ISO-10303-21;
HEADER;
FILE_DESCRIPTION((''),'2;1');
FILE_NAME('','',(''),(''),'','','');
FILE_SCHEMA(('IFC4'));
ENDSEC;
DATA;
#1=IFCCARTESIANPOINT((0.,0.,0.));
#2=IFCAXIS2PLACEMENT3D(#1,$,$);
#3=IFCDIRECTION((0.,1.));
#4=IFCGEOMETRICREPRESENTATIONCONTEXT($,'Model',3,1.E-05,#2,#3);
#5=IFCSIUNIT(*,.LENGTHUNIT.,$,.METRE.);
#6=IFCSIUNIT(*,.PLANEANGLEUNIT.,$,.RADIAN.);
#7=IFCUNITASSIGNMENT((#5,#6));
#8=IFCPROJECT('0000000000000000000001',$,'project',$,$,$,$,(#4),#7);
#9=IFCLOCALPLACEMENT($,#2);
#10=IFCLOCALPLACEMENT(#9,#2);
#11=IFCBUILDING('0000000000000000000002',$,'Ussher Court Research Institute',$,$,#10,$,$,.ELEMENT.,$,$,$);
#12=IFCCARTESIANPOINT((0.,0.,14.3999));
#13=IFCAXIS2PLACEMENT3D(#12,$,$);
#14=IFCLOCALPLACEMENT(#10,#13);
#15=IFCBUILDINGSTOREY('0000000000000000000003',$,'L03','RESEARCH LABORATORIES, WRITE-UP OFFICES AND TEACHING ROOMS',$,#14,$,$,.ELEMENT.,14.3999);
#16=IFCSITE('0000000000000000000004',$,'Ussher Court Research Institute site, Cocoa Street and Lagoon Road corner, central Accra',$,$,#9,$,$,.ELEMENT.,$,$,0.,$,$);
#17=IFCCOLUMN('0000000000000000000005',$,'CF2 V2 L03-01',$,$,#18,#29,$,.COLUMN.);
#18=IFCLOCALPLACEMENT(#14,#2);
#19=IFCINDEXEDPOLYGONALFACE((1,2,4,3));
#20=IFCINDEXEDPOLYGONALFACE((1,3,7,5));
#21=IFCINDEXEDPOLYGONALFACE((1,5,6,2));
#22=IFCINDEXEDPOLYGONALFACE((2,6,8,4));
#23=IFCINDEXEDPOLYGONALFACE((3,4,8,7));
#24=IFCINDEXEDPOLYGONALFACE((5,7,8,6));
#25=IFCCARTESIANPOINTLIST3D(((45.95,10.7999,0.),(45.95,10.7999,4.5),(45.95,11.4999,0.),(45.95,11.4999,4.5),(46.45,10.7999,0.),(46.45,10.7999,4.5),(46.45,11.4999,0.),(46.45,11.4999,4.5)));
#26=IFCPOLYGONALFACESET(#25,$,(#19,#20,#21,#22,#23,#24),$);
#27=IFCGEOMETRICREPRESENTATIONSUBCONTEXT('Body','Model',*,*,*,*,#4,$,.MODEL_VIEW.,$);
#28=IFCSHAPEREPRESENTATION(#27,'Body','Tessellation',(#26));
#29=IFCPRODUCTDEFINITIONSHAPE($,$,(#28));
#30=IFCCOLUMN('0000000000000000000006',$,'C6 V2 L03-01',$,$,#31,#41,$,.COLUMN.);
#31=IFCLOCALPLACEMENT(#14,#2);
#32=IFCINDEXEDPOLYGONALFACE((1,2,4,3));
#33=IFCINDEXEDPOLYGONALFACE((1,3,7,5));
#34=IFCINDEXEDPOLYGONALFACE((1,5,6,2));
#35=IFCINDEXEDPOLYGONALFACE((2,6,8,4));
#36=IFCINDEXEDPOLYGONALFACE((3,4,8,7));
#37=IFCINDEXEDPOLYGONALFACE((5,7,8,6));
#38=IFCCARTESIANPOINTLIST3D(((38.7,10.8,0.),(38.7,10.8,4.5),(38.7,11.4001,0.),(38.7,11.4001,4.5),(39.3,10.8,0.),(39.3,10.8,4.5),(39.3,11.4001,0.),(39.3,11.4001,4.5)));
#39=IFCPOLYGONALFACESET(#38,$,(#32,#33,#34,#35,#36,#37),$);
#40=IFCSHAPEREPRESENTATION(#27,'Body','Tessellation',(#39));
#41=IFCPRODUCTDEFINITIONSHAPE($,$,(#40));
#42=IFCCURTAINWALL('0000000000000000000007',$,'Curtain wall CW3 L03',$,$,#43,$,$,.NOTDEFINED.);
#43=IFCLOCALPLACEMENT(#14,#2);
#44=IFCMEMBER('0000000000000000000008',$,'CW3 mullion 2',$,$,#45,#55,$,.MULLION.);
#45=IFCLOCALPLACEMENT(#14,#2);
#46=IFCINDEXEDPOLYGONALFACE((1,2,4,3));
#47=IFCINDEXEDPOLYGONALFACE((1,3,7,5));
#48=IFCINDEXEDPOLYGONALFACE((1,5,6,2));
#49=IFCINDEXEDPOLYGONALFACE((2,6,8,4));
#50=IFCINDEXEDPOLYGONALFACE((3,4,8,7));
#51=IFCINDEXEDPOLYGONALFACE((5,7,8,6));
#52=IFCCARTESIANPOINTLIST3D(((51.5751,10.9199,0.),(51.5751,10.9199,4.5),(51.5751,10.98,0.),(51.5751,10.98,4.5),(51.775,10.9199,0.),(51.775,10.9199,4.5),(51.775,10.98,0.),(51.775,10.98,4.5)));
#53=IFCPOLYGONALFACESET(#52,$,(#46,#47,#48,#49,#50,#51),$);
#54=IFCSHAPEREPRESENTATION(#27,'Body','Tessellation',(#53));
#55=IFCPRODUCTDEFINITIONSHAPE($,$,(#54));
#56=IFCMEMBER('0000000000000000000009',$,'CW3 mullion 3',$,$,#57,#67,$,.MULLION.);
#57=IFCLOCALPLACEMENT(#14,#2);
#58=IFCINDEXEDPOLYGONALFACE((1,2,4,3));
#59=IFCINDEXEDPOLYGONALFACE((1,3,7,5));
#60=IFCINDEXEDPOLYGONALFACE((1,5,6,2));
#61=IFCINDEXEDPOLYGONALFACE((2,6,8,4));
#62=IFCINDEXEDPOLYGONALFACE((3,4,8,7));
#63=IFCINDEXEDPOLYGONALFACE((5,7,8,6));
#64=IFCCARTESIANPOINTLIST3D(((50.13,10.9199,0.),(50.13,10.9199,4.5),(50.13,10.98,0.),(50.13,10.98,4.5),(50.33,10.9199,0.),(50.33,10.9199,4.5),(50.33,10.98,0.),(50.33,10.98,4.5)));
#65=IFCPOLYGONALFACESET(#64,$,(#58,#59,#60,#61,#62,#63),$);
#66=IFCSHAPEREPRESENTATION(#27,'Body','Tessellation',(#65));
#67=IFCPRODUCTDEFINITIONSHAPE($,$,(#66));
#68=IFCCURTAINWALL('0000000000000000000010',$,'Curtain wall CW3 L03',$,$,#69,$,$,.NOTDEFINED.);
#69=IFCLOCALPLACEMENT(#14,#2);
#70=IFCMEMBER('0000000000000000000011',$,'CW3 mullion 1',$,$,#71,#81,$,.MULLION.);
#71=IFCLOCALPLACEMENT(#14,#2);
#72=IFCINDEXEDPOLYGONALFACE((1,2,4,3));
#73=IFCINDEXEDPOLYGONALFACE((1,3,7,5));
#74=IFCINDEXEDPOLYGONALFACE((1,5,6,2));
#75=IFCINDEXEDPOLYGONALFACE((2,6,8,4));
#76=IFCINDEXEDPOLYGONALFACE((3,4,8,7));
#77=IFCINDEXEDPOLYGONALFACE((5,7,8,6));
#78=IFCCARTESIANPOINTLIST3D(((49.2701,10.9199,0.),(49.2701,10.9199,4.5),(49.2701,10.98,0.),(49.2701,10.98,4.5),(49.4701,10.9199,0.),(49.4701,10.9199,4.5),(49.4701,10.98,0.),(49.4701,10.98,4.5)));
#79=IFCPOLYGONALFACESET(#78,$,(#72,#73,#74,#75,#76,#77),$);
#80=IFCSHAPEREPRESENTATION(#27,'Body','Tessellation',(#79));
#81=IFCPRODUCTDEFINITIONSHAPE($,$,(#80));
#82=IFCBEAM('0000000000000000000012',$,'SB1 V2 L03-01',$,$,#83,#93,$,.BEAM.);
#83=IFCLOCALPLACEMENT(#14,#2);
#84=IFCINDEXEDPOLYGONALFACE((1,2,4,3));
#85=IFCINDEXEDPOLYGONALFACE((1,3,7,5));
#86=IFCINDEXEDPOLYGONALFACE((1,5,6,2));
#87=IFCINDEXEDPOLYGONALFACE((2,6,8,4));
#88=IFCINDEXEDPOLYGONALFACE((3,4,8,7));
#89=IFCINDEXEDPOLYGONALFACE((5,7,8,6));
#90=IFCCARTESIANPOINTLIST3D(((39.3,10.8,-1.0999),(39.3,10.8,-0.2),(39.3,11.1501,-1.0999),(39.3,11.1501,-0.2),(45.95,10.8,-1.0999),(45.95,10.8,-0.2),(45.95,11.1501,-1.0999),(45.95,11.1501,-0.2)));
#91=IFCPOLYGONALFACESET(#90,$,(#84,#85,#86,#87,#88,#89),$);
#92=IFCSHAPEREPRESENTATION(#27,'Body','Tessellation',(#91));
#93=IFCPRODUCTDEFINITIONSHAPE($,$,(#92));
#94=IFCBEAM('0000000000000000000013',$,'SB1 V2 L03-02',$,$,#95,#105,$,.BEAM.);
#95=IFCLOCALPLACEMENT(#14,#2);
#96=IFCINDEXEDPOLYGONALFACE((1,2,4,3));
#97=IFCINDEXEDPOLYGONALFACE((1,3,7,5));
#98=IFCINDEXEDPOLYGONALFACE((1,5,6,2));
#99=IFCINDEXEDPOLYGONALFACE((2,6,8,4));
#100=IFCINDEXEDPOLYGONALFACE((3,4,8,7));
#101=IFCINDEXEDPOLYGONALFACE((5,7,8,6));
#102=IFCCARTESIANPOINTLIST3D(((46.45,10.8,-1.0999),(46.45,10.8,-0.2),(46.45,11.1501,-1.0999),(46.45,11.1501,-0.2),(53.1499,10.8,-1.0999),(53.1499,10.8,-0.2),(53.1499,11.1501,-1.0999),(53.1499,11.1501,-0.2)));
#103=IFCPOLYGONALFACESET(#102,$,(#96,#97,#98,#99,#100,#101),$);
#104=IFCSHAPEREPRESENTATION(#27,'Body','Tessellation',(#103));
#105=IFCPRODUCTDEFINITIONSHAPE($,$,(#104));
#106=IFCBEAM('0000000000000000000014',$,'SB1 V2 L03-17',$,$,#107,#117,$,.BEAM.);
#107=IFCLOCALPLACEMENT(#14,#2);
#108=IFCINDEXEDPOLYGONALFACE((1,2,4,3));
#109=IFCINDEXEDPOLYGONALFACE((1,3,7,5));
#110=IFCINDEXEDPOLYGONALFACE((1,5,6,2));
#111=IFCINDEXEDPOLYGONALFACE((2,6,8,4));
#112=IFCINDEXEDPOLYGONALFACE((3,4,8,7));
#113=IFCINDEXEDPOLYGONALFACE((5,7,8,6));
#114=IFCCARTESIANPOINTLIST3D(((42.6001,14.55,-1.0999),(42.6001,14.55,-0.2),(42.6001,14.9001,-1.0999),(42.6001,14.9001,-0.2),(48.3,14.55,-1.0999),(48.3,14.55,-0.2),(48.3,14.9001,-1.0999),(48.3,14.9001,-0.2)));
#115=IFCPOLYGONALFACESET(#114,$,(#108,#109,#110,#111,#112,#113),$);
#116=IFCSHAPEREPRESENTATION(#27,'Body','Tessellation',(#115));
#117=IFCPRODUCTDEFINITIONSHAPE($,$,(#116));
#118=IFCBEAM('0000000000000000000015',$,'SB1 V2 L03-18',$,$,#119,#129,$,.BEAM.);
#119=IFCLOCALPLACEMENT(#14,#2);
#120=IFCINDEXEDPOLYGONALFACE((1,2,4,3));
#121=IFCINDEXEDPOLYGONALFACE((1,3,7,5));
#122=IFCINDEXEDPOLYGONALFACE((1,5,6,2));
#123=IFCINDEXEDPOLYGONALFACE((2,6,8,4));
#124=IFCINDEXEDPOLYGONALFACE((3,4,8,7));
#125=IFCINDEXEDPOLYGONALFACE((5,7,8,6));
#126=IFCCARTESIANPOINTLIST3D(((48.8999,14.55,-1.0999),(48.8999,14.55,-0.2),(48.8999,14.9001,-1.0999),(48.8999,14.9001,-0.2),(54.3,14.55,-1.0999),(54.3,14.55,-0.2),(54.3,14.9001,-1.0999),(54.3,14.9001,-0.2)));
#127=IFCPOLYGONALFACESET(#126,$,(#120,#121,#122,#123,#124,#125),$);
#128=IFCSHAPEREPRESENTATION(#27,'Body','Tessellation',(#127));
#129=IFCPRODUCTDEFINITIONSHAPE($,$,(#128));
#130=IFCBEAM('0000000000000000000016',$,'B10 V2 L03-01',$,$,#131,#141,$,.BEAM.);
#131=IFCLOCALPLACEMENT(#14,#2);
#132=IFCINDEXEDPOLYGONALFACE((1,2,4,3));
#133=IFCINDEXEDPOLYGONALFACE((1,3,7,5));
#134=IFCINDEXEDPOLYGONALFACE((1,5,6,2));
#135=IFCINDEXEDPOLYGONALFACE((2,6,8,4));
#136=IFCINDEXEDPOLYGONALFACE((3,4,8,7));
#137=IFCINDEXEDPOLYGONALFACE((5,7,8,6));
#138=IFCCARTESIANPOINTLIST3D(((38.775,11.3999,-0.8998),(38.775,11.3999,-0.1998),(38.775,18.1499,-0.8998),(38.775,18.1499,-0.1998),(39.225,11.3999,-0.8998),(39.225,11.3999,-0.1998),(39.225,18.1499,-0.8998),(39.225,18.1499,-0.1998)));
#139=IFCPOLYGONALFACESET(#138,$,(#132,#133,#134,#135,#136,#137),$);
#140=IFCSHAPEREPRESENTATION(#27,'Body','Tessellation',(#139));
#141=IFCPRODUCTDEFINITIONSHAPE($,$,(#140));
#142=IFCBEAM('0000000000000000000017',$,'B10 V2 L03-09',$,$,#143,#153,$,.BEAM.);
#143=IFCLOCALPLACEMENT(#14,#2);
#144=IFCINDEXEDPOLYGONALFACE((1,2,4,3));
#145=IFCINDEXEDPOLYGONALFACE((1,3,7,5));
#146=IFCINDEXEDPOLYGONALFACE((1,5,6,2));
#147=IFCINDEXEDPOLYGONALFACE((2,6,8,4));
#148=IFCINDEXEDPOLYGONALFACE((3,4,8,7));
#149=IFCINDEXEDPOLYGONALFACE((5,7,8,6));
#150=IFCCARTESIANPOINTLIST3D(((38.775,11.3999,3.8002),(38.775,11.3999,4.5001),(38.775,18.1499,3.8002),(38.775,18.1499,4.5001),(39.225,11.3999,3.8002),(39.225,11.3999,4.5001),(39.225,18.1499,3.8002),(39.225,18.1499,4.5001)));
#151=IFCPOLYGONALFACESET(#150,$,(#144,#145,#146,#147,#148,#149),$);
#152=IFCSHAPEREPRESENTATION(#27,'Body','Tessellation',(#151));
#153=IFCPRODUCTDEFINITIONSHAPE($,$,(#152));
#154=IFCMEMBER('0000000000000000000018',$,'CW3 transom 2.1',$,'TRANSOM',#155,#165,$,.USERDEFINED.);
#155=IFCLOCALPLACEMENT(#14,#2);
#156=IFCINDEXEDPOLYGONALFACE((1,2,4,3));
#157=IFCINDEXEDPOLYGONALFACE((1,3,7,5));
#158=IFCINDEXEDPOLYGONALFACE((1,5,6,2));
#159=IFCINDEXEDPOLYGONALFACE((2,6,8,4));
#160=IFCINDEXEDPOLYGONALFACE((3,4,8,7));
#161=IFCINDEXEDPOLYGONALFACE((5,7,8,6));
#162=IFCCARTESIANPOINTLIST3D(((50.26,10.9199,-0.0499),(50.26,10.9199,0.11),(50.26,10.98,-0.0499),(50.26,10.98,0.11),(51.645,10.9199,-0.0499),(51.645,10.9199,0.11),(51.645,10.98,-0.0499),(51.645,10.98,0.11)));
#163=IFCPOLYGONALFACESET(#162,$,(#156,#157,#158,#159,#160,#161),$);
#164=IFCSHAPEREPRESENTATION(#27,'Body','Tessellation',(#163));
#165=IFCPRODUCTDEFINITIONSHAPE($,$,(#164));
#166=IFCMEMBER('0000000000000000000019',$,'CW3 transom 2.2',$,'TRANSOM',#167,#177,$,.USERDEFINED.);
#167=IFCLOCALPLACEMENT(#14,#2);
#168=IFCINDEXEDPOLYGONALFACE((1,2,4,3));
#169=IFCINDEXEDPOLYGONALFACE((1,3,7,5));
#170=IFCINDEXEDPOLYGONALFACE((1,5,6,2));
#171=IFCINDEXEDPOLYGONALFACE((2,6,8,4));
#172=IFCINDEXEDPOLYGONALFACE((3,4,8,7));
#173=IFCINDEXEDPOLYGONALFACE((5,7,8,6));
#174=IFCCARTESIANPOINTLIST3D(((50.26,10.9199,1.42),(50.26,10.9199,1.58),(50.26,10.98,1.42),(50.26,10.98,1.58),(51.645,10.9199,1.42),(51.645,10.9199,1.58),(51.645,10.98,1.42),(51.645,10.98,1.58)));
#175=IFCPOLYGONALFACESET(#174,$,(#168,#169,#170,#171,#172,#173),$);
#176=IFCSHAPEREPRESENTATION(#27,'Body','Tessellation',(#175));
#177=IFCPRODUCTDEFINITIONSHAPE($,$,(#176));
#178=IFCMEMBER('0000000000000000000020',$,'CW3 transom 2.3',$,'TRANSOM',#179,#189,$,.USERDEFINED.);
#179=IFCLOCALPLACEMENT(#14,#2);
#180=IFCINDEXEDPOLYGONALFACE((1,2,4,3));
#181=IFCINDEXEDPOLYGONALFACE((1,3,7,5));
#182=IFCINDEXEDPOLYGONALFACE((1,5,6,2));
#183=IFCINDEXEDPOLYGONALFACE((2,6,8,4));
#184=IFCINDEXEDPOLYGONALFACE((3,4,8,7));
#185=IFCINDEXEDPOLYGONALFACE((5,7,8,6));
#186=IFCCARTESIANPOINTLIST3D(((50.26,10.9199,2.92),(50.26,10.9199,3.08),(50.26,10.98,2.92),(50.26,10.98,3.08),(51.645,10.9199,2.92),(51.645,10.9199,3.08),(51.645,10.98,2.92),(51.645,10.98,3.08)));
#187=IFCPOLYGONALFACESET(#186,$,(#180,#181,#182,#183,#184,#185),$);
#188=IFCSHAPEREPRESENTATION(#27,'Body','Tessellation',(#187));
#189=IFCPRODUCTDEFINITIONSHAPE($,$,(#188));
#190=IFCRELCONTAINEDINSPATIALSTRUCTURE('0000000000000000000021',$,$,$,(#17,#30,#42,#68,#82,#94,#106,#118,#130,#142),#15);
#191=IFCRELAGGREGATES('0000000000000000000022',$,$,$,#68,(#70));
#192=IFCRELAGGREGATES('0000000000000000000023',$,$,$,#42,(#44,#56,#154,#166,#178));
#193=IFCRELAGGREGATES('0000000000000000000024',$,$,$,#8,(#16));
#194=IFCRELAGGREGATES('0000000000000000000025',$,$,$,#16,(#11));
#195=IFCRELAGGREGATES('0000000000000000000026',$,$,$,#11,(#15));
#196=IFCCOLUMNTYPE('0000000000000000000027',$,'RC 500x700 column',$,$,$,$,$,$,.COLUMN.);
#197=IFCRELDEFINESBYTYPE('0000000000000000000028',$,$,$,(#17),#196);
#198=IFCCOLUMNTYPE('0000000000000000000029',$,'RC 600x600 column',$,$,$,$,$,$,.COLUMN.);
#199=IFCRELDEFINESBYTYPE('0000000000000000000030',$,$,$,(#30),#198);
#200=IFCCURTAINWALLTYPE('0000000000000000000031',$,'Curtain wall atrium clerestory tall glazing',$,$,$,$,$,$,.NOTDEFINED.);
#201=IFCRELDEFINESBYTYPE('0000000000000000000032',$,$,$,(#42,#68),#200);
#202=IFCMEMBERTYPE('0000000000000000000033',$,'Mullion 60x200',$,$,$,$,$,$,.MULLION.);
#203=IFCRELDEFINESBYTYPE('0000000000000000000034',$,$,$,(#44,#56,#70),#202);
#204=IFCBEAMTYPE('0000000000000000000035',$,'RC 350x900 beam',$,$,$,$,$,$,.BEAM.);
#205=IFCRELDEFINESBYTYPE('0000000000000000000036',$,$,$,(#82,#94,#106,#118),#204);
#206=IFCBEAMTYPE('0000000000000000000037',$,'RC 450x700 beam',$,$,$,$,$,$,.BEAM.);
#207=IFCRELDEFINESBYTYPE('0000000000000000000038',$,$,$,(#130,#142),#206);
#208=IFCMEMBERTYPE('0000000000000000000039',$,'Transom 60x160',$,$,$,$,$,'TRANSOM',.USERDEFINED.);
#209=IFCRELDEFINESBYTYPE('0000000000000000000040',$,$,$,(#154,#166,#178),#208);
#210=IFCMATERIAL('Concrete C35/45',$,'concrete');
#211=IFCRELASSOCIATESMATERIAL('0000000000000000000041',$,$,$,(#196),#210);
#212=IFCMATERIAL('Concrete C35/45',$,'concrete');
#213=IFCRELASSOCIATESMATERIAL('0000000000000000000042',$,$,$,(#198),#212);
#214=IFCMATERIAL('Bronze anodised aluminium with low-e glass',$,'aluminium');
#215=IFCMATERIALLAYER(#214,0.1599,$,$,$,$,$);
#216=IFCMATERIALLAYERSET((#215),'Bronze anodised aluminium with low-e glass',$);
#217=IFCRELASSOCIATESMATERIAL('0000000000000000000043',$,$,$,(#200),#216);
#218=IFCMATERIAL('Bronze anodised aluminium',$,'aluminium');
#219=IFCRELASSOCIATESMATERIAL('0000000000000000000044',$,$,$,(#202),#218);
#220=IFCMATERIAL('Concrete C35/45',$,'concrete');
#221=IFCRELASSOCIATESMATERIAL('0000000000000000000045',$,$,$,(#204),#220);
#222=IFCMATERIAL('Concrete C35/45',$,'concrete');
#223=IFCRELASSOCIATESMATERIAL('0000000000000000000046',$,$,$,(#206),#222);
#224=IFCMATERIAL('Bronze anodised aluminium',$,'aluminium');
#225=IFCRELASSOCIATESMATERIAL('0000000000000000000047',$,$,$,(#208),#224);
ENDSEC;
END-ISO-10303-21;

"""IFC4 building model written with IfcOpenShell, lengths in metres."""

from ifc_helpers import new_model, si_unit, direction, frame, origin, origin_2d, place, context, subcontext, project, spatial, rectangle, extrude, material, layer, layer_set, material_profile, profile_set, type_object, element, aggregate, save


model = new_model("IFC4")

# Units and contexts
model_context = context("Model", 3, precision=1e-05, world=origin(), true_north=direction((0.0, 1.0)))
body_context = subcontext(model_context, "Body", "Model", "MODEL_VIEW")
ifc_project = project(units=[si_unit("LENGTHUNIT", "METRE"), si_unit("PLANEANGLEUNIT", "RADIAN")], contexts=[model_context])

# Site, building, storey
site_placement = place(None, origin())
site = spatial("IfcSite", under=ifc_project, at=site_placement, Name="Ussher Court Research Institute site, Cocoa Street and Lagoon Road corner, central Accra", CompositionType="ELEMENT", RefElevation=0.0)
building_placement = place(site_placement, origin())
building = spatial("IfcBuilding", under=site, at=building_placement, Name="Ussher Court Research Institute", CompositionType="ELEMENT")
storey_placement = place(building_placement, frame((0.0, 0.0, 14.3999)))
storey = spatial("IfcBuildingStorey", under=building, at=storey_placement, Name="L03", Description="RESEARCH LABORATORIES, WRITE-UP OFFICES AND TEACHING ROOMS", CompositionType="ELEMENT", Elevation=14.3999)

# Columns
ifc_material_1 = material(Name="Concrete C35/45", Category="concrete")
ifc_material_profile_1 = material_profile(ifc_material_1, rectangle(XDim=0.5, YDim=0.7, at=origin_2d()), Name="RC 500x700")
ifc_profile_set_1 = profile_set([ifc_material_profile_1], Name="Concrete C35/45")
column_type_1 = type_object("IfcColumnType", Name="RC 500x700 column", PredefinedType="COLUMN", material=ifc_profile_set_1)
column_1_placement = place(storey_placement, frame((46.2, 11.1499, 0.0), z_axis=(0.0, 0.0, 1.0), x_axis=(1.0, 0.0, 0.0)))
element("IfcColumn", 1, at=column_1_placement, inside=storey, type_object=column_type_1, Name="CF2 V2 L03-01", PredefinedType="COLUMN", context=body_context, shape_type="SweptSolid", body=[
    extrude(rectangle(XDim=0.5, YDim=0.7, at=origin_2d()), origin(), (0.0, 0.0, 1.0), 4.5),
])
ifc_material_2 = material(Name="Concrete C35/45", Category="concrete")
ifc_material_profile_2 = material_profile(ifc_material_2, rectangle(XDim=0.6001, YDim=0.6001, at=origin_2d()), Name="RC 600x600")
ifc_profile_set_2 = profile_set([ifc_material_profile_2], Name="Concrete C35/45")
column_type_2 = type_object("IfcColumnType", Name="RC 600x600 column", PredefinedType="COLUMN", material=ifc_profile_set_2)
column_2_placement = place(storey_placement, frame((39.0, 11.1001, 0.0), z_axis=(0.0, 0.0, 1.0), x_axis=(1.0, 0.0, 0.0)))
element("IfcColumn", 2, at=column_2_placement, inside=storey, type_object=column_type_2, Name="C6 V2 L03-01", PredefinedType="COLUMN", context=body_context, shape_type="SweptSolid", body=[
    extrude(rectangle(XDim=0.6001, YDim=0.6001, at=origin_2d()), origin(), (0.0, 0.0, 1.0), 4.5),
])

# Curtain wall, members
ifc_material_3 = material(Name="Bronze anodised aluminium with low-e glass", Category="aluminium")
ifc_layer_1 = layer(ifc_material_3, 0.1599)
ifc_layer_set_1 = layer_set([ifc_layer_1], Name="Bronze anodised aluminium with low-e glass")
curtain_wall_type = type_object("IfcCurtainWallType", Name="Curtain wall atrium clerestory tall glazing", PredefinedType="NOTDEFINED", material=ifc_layer_set_1)
curtain_wall_1_placement = place(storey_placement, origin())
curtain_wall_1 = element("IfcCurtainWall", 3, at=curtain_wall_1_placement, inside=storey, type_object=curtain_wall_type, Name="Curtain wall CW3 L03", PredefinedType="NOTDEFINED")
ifc_material_4 = material(Name="Bronze anodised aluminium", Category="aluminium")
ifc_material_profile_3 = material_profile(ifc_material_4, rectangle(XDim=0.0601, YDim=0.2, at=origin_2d()), Name="Mullion 60x200")
ifc_profile_set_3 = profile_set([ifc_material_profile_3], Name="Bronze anodised aluminium")
member_type_1 = type_object("IfcMemberType", Name="Mullion 60x200", PredefinedType="MULLION", material=ifc_profile_set_3)
member_1_placement = place(storey_placement, frame((51.675, 10.95, 0.0), z_axis=(0.0, 0.0, 1.0), x_axis=(0.0, -1.0, 0.0)))
member_1 = element("IfcMember", 4, at=member_1_placement, type_object=member_type_1, Name="CW3 mullion 2", PredefinedType="MULLION", context=body_context, shape_type="SweptSolid", body=[
    extrude(rectangle(XDim=0.0601, YDim=0.2, at=origin_2d()), origin(), (0.0, 0.0, 1.0), 4.5),
])
member_2_placement = place(storey_placement, frame((50.23, 10.95, 0.0), z_axis=(0.0, 0.0, 1.0), x_axis=(0.0, -1.0, 0.0)))
member_2 = element("IfcMember", 5, at=member_2_placement, type_object=member_type_1, Name="CW3 mullion 3", PredefinedType="MULLION", context=body_context, shape_type="SweptSolid", body=[
    extrude(rectangle(XDim=0.0601, YDim=0.2, at=origin_2d()), origin(), (0.0, 0.0, 1.0), 4.5),
])

# Curtain wall, member
curtain_wall_2_placement = place(storey_placement, origin())
curtain_wall_2 = element("IfcCurtainWall", 6, at=curtain_wall_2_placement, inside=storey, type_object=curtain_wall_type, Name="Curtain wall CW3 L03", PredefinedType="NOTDEFINED")
member_3_placement = place(storey_placement, frame((49.3701, 10.95, 0.0), z_axis=(0.0, 0.0, 1.0), x_axis=(0.0, -1.0, 0.0)))
member_3 = element("IfcMember", 7, at=member_3_placement, type_object=member_type_1, Name="CW3 mullion 1", PredefinedType="MULLION", context=body_context, shape_type="SweptSolid", body=[
    extrude(rectangle(XDim=0.0601, YDim=0.2, at=origin_2d()), origin(), (0.0, 0.0, 1.0), 4.5),
])

# Beams
ifc_material_5 = material(Name="Concrete C35/45", Category="concrete")
ifc_material_profile_4 = material_profile(ifc_material_5, rectangle(XDim=0.3501, YDim=0.8999, at=origin_2d()), Name="RC 350x900")
ifc_profile_set_4 = profile_set([ifc_material_profile_4], Name="Concrete C35/45")
beam_type_1 = type_object("IfcBeamType", Name="RC 350x900 beam", PredefinedType="BEAM", material=ifc_profile_set_4)
beam_1_placement = place(storey_placement, frame((39.3, 10.9751, -0.6499), z_axis=(1.0, 0.0, 0.0), x_axis=(0.0, 1.0, 0.0)))
element("IfcBeam", 8, at=beam_1_placement, inside=storey, type_object=beam_type_1, Name="SB1 V2 L03-01", PredefinedType="BEAM", context=body_context, shape_type="SweptSolid", body=[
    extrude(rectangle(XDim=0.3501, YDim=0.8999, at=origin_2d()), origin(), (0.0, 0.0, 1.0), 6.6499),
])
beam_2_placement = place(storey_placement, frame((46.45, 10.9751, -0.6499), z_axis=(1.0, 0.0, 0.0), x_axis=(0.0, 1.0, 0.0)))
element("IfcBeam", 9, at=beam_2_placement, inside=storey, type_object=beam_type_1, Name="SB1 V2 L03-02", PredefinedType="BEAM", context=body_context, shape_type="SweptSolid", body=[
    extrude(rectangle(XDim=0.3501, YDim=0.8999, at=origin_2d()), origin(), (0.0, 0.0, 1.0), 6.7),
])
beam_3_placement = place(storey_placement, frame((42.6001, 14.7251, -0.6499), z_axis=(1.0, 0.0, 0.0), x_axis=(0.0, 1.0, 0.0)))
element("IfcBeam", 10, at=beam_3_placement, inside=storey, type_object=beam_type_1, Name="SB1 V2 L03-17", PredefinedType="BEAM", context=body_context, shape_type="SweptSolid", body=[
    extrude(rectangle(XDim=0.3501, YDim=0.8999, at=origin_2d()), origin(), (0.0, 0.0, 1.0), 5.7),
])
beam_4_placement = place(storey_placement, frame((48.8999, 14.7251, -0.6499), z_axis=(1.0, 0.0, 0.0), x_axis=(0.0, 1.0, 0.0)))
element("IfcBeam", 11, at=beam_4_placement, inside=storey, type_object=beam_type_1, Name="SB1 V2 L03-18", PredefinedType="BEAM", context=body_context, shape_type="SweptSolid", body=[
    extrude(rectangle(XDim=0.3501, YDim=0.8999, at=origin_2d()), origin(), (0.0, 0.0, 1.0), 5.4001),
])
ifc_material_6 = material(Name="Concrete C35/45", Category="concrete")
ifc_material_profile_5 = material_profile(ifc_material_6, rectangle(XDim=0.45, YDim=0.7, at=origin_2d()), Name="RC 450x700")
ifc_profile_set_5 = profile_set([ifc_material_profile_5], Name="Concrete C35/45")
beam_type_2 = type_object("IfcBeamType", Name="RC 450x700 beam", PredefinedType="BEAM", material=ifc_profile_set_5)
for number, where, z_axis, x_axis, name in (
    (12, (39.0, 11.3999, -0.5498), (0.0, 1.0, 0.0), (-1.0, 0.0, 0.0), "B10 V2 L03-01"),
    (13, (39.0, 11.3999, 4.1501), (0.0, 1.0, 0.0), (-1.0, 0.0, 0.0), "B10 V2 L03-09"),
):
    element("IfcBeam", number, at=place(storey_placement, frame(where, z_axis=z_axis, x_axis=x_axis)), inside=storey, type_object=beam_type_2, Name=name, PredefinedType="BEAM", context=body_context, shape_type="SweptSolid", body=[
        extrude(rectangle(XDim=0.45, YDim=0.7, at=origin_2d()), origin(), (0.0, 0.0, 1.0), 6.75),
    ])

# Members
ifc_material_7 = material(Name="Bronze anodised aluminium", Category="aluminium")
ifc_material_profile_6 = material_profile(ifc_material_7, rectangle(XDim=0.0601, YDim=0.1599, at=origin_2d()), Name="Transom 60x160")
ifc_profile_set_6 = profile_set([ifc_material_profile_6], Name="Bronze anodised aluminium")
member_type_2 = type_object("IfcMemberType", Name="Transom 60x160", ElementType="TRANSOM", PredefinedType="USERDEFINED", material=ifc_profile_set_6)
member_4_placement = place(storey_placement, frame((51.645, 10.95, 0.03), z_axis=(-1.0, 0.0, 0.0), x_axis=(0.0, -1.0, 0.0)))
member_4 = element("IfcMember", 14, at=member_4_placement, type_object=member_type_2, Name="CW3 transom 2.1", ObjectType="TRANSOM", PredefinedType="USERDEFINED", context=body_context, shape_type="SweptSolid", body=[
    extrude(rectangle(XDim=0.0601, YDim=0.1599, at=origin_2d()), origin(), (0.0, 0.0, 1.0), 1.385),
])
member_5_placement = place(storey_placement, frame((51.645, 10.95, 1.5), z_axis=(-1.0, 0.0, 0.0), x_axis=(0.0, -1.0, 0.0)))
member_5 = element("IfcMember", 15, at=member_5_placement, type_object=member_type_2, Name="CW3 transom 2.2", ObjectType="TRANSOM", PredefinedType="USERDEFINED", context=body_context, shape_type="SweptSolid", body=[
    extrude(rectangle(XDim=0.0601, YDim=0.1599, at=origin_2d()), origin(), (0.0, 0.0, 1.0), 1.385),
])
member_6_placement = place(storey_placement, frame((51.645, 10.95, 3.0), z_axis=(-1.0, 0.0, 0.0), x_axis=(0.0, -1.0, 0.0)))
member_6 = element("IfcMember", 16, at=member_6_placement, type_object=member_type_2, Name="CW3 transom 2.3", ObjectType="TRANSOM", PredefinedType="USERDEFINED", context=body_context, shape_type="SweptSolid", body=[
    extrude(rectangle(XDim=0.0601, YDim=0.1599, at=origin_2d()), origin(), (0.0, 0.0, 1.0), 1.385),
])
aggregate(curtain_wall_2, [member_3])

aggregate(curtain_wall_1, [member_1, member_2, member_4, member_5, member_6])

save(model, "model.ifc")
